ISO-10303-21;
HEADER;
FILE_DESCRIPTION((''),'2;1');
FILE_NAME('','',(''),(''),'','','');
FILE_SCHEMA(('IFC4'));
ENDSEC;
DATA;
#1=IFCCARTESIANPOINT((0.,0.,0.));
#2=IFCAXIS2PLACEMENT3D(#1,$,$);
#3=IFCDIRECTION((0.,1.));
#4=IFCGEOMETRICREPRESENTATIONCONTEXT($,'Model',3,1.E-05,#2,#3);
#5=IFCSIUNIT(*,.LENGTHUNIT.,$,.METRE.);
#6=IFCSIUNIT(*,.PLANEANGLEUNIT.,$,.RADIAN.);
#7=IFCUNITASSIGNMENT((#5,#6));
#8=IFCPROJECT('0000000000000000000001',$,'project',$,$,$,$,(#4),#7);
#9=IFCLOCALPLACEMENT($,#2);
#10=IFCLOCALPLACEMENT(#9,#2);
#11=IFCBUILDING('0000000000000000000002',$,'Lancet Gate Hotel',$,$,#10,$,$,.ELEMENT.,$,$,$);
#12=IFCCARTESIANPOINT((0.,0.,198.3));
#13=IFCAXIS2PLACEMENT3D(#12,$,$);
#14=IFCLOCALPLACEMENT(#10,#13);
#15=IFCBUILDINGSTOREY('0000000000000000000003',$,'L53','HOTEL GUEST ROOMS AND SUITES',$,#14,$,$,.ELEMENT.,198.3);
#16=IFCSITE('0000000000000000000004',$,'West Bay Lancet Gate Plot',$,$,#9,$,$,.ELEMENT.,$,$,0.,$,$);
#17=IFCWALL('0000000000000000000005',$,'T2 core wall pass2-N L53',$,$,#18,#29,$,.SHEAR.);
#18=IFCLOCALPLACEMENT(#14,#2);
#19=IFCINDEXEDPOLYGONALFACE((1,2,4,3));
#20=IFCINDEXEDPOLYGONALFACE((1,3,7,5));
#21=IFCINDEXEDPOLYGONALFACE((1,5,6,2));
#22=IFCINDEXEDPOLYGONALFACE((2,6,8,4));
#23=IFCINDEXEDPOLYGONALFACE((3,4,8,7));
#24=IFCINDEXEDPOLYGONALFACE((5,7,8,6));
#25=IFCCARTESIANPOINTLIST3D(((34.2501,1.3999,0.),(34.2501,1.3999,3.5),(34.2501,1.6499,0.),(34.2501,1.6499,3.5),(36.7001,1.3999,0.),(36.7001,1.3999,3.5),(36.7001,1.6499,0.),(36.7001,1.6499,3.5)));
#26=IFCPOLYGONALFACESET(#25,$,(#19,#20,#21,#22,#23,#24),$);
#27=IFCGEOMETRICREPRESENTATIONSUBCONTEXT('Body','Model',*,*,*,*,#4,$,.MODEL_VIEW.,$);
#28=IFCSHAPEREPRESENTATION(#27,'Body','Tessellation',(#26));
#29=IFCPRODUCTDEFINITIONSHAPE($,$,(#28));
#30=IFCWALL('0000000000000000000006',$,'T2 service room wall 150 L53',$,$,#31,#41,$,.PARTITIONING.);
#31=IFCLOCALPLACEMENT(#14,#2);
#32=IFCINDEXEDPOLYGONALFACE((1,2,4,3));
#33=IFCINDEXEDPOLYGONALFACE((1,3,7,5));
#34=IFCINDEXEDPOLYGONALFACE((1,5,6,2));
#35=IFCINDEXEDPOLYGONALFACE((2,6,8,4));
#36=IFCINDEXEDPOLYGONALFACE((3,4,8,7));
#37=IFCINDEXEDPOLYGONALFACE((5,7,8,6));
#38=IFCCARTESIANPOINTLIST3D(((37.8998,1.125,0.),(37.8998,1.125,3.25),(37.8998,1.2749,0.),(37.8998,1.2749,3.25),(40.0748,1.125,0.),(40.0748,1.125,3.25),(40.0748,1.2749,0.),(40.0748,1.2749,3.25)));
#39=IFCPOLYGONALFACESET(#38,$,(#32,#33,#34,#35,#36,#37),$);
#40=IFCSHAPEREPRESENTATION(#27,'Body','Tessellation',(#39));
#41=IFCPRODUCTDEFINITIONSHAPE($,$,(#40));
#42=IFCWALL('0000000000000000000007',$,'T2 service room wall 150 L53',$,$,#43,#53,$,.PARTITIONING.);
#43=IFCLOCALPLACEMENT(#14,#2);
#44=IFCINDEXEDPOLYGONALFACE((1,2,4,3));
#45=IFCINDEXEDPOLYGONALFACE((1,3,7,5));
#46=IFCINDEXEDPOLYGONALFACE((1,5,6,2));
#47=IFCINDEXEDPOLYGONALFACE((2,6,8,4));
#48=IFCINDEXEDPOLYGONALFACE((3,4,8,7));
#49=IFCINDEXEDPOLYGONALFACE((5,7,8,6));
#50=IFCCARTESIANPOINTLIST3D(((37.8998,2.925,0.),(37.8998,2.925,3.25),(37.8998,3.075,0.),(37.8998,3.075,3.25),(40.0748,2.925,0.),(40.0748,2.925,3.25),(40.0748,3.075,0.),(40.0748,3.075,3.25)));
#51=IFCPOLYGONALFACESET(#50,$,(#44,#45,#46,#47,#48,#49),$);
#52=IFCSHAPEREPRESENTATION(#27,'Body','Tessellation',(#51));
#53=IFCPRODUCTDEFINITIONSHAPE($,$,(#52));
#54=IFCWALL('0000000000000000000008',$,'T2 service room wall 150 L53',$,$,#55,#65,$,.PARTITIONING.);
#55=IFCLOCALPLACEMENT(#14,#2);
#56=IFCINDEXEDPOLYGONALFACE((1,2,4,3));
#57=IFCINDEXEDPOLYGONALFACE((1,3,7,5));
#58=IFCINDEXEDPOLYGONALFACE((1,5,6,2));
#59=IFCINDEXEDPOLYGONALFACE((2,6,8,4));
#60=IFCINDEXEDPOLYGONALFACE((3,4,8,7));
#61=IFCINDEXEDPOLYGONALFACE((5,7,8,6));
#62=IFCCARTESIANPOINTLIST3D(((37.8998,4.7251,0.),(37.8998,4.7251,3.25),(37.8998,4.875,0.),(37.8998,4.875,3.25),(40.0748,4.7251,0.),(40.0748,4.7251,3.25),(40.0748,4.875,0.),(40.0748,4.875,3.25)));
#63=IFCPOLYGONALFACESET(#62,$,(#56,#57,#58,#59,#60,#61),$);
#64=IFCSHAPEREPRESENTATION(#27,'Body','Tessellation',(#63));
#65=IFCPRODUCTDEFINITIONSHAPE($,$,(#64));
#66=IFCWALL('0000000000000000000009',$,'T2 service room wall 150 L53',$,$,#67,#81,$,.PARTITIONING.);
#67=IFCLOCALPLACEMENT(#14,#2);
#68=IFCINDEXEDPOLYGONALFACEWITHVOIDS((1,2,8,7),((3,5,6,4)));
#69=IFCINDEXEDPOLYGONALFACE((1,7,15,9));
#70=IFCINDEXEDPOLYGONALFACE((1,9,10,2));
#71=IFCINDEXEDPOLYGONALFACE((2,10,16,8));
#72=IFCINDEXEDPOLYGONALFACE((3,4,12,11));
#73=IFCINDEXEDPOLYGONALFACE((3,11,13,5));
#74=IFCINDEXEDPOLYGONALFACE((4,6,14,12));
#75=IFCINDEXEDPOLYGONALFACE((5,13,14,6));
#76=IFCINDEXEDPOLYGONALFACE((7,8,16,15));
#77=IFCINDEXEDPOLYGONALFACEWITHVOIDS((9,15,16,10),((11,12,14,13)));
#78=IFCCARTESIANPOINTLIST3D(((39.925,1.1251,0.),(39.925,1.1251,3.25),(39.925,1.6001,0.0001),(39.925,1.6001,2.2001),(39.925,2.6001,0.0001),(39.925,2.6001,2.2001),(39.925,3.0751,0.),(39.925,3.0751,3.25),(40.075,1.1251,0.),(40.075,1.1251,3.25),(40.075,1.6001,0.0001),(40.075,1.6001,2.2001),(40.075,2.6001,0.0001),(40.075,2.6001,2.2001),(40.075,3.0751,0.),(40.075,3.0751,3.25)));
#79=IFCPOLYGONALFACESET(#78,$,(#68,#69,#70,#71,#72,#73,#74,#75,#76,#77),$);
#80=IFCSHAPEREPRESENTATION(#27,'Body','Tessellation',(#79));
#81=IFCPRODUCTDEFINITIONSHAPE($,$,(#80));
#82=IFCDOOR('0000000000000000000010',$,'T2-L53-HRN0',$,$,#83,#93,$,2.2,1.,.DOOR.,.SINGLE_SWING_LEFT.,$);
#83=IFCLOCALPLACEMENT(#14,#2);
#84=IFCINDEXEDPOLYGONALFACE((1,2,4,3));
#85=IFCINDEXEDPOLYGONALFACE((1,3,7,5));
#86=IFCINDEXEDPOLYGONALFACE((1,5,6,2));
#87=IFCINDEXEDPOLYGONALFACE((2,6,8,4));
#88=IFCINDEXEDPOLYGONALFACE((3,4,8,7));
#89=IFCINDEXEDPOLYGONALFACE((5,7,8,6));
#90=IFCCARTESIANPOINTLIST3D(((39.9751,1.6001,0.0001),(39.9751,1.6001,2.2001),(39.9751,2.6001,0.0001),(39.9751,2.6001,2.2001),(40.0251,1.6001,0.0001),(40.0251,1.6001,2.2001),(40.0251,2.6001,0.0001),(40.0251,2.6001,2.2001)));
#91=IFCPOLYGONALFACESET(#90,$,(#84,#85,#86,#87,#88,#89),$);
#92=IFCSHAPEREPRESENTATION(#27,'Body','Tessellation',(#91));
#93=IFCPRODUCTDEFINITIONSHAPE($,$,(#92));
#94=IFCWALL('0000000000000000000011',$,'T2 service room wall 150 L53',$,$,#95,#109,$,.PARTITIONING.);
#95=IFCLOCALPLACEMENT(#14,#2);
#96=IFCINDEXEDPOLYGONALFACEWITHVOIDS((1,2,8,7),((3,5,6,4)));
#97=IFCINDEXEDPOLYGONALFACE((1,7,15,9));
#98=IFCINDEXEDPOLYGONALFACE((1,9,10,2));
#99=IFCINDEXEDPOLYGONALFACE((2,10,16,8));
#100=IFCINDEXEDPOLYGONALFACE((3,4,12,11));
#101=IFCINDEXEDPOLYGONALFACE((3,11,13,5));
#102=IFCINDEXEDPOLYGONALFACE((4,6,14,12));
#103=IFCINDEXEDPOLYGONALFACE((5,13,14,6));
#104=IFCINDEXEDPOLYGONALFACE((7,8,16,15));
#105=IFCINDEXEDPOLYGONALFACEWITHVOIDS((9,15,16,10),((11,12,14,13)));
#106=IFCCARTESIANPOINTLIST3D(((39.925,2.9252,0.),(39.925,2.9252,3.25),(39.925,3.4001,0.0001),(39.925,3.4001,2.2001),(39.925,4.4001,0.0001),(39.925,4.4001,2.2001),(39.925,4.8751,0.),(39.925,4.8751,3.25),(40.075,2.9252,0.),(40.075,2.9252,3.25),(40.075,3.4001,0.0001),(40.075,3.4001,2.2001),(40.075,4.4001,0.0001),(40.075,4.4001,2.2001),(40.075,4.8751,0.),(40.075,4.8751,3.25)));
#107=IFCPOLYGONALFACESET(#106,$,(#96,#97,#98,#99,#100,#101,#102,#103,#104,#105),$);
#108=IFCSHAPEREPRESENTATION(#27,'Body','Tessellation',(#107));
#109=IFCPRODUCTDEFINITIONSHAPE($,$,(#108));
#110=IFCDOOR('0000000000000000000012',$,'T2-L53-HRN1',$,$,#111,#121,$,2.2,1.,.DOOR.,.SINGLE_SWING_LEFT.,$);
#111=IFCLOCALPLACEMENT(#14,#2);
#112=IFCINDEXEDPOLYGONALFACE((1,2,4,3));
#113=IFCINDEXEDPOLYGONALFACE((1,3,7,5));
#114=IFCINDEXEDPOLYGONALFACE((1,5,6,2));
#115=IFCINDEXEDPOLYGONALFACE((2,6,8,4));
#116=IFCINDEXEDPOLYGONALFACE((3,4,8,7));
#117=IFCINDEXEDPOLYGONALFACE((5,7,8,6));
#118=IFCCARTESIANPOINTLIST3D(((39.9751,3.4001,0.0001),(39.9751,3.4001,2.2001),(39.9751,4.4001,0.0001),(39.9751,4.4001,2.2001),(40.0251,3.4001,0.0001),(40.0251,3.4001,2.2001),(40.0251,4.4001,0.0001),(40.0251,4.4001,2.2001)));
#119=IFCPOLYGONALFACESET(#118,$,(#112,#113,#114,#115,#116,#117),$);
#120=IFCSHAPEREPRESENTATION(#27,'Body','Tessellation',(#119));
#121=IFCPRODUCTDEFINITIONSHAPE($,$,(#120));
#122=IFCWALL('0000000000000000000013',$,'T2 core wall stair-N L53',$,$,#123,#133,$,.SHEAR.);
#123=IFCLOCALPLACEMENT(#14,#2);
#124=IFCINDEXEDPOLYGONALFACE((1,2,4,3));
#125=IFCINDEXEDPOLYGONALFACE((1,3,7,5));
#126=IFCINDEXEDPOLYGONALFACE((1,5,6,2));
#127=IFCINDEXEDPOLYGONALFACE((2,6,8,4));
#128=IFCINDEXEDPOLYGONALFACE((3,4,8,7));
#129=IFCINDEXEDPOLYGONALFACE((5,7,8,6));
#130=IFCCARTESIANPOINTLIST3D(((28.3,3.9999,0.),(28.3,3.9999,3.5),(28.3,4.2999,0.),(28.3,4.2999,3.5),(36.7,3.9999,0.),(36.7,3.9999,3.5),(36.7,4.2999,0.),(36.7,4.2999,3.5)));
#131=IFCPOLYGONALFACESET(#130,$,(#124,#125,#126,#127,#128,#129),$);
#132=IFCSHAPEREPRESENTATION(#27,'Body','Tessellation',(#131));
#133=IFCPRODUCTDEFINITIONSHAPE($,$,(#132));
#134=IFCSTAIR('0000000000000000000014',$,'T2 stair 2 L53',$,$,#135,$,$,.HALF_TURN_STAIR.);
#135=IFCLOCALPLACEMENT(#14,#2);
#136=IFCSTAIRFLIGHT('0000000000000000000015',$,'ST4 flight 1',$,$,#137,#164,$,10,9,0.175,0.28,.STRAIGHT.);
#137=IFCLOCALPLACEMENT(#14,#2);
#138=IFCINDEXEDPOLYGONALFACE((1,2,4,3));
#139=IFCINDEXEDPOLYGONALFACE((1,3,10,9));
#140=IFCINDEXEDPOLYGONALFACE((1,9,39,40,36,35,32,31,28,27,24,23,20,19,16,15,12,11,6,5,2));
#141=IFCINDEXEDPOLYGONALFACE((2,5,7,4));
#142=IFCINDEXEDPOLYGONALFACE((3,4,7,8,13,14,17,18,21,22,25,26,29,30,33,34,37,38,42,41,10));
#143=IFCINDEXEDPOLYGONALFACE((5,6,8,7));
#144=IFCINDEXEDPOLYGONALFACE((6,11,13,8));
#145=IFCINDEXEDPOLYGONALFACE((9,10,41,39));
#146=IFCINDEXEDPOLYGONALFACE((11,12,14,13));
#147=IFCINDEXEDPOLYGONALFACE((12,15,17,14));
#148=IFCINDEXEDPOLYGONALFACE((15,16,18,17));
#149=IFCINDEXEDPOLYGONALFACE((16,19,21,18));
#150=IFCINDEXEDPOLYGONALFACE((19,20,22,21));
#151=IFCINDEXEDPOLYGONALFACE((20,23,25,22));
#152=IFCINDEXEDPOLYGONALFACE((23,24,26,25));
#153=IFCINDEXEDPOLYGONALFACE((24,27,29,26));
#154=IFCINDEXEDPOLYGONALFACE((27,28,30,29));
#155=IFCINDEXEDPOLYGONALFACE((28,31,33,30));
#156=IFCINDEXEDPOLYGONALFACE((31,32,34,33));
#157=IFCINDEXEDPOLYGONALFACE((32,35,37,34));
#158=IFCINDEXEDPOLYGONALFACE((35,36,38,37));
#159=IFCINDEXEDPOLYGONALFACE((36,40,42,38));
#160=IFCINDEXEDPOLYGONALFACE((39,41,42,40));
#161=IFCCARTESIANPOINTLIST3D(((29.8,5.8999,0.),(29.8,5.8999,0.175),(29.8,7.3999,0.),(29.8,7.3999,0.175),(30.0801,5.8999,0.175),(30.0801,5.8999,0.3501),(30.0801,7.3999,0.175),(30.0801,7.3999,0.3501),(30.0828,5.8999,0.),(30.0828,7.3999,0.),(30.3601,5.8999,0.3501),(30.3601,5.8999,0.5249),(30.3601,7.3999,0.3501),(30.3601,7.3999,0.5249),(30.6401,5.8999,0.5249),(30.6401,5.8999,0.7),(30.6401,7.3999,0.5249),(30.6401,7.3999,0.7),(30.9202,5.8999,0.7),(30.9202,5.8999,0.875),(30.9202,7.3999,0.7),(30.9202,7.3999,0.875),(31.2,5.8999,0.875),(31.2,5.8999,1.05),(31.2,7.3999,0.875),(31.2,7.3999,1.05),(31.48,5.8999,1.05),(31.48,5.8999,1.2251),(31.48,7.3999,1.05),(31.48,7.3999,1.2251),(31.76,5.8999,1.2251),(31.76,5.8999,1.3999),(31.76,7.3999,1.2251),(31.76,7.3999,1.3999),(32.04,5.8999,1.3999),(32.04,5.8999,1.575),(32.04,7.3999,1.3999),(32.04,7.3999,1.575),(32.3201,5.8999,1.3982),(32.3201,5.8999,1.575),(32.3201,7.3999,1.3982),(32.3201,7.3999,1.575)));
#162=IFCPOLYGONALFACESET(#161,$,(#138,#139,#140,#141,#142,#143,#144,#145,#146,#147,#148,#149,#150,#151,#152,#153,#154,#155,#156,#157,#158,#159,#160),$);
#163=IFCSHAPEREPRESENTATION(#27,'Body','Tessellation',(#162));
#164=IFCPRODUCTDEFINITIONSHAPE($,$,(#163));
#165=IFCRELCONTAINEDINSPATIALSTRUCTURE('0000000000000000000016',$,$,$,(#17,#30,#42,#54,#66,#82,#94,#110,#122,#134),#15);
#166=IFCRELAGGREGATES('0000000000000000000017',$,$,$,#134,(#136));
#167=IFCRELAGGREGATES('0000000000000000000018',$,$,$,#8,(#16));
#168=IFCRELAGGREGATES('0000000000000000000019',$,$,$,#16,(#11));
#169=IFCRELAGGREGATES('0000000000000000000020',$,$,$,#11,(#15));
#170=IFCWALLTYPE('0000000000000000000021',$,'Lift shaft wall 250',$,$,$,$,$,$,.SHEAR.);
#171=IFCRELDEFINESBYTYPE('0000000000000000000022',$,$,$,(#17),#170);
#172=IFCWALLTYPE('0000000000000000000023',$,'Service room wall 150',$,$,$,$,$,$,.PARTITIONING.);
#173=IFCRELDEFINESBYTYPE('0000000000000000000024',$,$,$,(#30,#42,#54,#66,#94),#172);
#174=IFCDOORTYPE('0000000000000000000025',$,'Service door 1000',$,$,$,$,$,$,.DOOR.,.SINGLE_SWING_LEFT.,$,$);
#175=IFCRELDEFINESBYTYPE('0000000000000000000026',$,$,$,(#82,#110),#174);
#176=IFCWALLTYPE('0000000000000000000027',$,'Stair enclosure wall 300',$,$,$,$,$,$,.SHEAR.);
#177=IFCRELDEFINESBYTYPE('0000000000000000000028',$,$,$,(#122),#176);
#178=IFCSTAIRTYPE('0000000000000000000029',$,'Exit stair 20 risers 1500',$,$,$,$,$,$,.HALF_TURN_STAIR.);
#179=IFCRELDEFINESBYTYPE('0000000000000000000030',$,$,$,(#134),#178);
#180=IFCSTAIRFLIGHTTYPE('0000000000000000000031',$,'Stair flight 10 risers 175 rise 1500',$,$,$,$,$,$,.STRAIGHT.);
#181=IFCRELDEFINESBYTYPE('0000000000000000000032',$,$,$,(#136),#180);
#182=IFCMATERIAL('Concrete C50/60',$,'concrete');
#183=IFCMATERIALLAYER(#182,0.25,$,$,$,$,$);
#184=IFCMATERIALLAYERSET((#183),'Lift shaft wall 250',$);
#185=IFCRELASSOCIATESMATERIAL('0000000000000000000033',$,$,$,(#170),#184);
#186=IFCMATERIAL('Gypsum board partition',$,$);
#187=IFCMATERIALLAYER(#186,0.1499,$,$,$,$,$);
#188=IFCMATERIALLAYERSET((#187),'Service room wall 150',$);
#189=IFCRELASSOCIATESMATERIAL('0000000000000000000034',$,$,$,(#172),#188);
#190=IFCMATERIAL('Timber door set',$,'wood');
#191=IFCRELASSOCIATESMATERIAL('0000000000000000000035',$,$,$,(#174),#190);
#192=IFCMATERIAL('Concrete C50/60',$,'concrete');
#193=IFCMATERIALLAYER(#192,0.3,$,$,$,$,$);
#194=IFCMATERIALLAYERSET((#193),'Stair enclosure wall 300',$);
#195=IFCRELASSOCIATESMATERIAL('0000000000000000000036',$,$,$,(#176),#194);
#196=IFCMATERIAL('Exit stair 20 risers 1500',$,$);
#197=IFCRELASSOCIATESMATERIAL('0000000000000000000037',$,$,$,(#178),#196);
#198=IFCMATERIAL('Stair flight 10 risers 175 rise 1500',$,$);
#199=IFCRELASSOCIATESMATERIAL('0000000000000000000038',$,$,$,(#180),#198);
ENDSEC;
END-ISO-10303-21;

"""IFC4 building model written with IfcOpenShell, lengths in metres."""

from ifc_helpers import new_model, si_unit, direction, frame, frame_2d, origin, place, context, subcontext, project, spatial, polyline, rectangle, outline, extrude, material, layer, layer_set, type_object, element, fill, aggregate, save


model = new_model("IFC4")

# Units and contexts
model_context = context("Model", 3, precision=1e-05, world=origin(), true_north=direction((0.0, 1.0)))
body_context = subcontext(model_context, "Body", "Model", "MODEL_VIEW")
ifc_project = project(units=[si_unit("LENGTHUNIT", "METRE"), si_unit("PLANEANGLEUNIT", "RADIAN")], contexts=[model_context])

# Site, building, storey
site_placement = place(None, origin())
site = spatial("IfcSite", under=ifc_project, at=site_placement, Name="West Bay Lancet Gate Plot", CompositionType="ELEMENT", RefElevation=0.0)
building_placement = place(site_placement, origin())
building = spatial("IfcBuilding", under=site, at=building_placement, Name="Lancet Gate Hotel", CompositionType="ELEMENT")
storey_placement = place(building_placement, frame((0.0, 0.0, 198.3)))
storey = spatial("IfcBuildingStorey", under=building, at=storey_placement, Name="L53", Description="HOTEL GUEST ROOMS AND SUITES", CompositionType="ELEMENT", Elevation=198.3)

# Shared definitions
ifc_material_1 = material(Name="Concrete C50/60", Category="concrete")
ifc_layer_1 = layer(ifc_material_1, 0.25)
ifc_layer_set_1 = layer_set([ifc_layer_1], Name="Lift shaft wall 250")
wall_type_1 = type_object("IfcWallType", Name="Lift shaft wall 250", PredefinedType="SHEAR", material=ifc_layer_set_1)

# Walls
wall_1_placement = place(storey_placement, frame((34.25, 1.5249, 0.0), z_axis=(0.0, 0.0, 1.0), x_axis=(1.0, 0.0, 0.0)))
element("IfcWall", 1, at=wall_1_placement, inside=storey, type_object=wall_type_1, Name="T2 core wall pass2-N L53", PredefinedType="SHEAR", context=body_context, shape_type="SweptSolid", body=[
    extrude(rectangle(XDim=2.45, YDim=0.25, at=frame_2d((1.2251, 0.0))), origin(), (0.0, 0.0, 1.0), 3.5),
])
ifc_material_2 = material(Name="Gypsum board partition")
ifc_layer_2 = layer(ifc_material_2, 0.1499)
ifc_layer_set_2 = layer_set([ifc_layer_2], Name="Service room wall 150")
wall_type_2 = type_object("IfcWallType", Name="Service room wall 150", PredefinedType="PARTITIONING", material=ifc_layer_set_2)
for number, where, z_axis, x_axis, name in (
    (2, (37.8999, 1.2, 0.0), (0.0, 0.0, 1.0), (1.0, 0.0, 0.0), "T2 service room wall 150 L53"),
    (3, (37.8999, 3.0, 0.0), (0.0, 0.0, 1.0), (1.0, 0.0, 0.0), "T2 service room wall 150 L53"),
    (4, (37.8999, 4.8, 0.0), (0.0, 0.0, 1.0), (1.0, 0.0, 0.0), "T2 service room wall 150 L53"),
):
    element("IfcWall", number, at=place(storey_placement, frame(where, z_axis=z_axis, x_axis=x_axis)), inside=storey, type_object=wall_type_2, Name=name, PredefinedType="PARTITIONING", context=body_context, shape_type="SweptSolid", body=[
        extrude(rectangle(XDim=2.175, YDim=0.1499, at=frame_2d((1.0874, 0.0))), origin(), (0.0, 0.0, 1.0), 3.25),
    ])

# Walls, openings, doors
wall_2_placement = place(storey_placement, frame((40.0, 1.125, 0.0), z_axis=(0.0, 0.0, 1.0), x_axis=(0.0, 1.0, 0.0)))
wall_2 = element("IfcWall", 5, at=wall_2_placement, inside=storey, type_object=wall_type_2, Name="T2 service room wall 150 L53", PredefinedType="PARTITIONING", context=body_context, shape_type="SweptSolid", body=[
    extrude(rectangle(XDim=1.95, YDim=0.1499, at=frame_2d((0.9751, 0.0))), origin(), (0.0, 0.0, 1.0), 3.25),
])
opening_1_placement = place(wall_2_placement, frame((0.4751, 0.0, 0.0)))
opening_1 = element("IfcOpeningElement", 6, at=opening_1_placement, cuts=wall_2, PredefinedType="OPENING", context=body_context, shape_type="SweptSolid", body=[
    extrude(rectangle(XDim=1.0, YDim=2.2, at=frame_2d((0.5, 1.1001))), frame((0.0, 0.085, 0.0), z_axis=(0.0, -1.0, 0.0), x_axis=(1.0, 0.0, 0.0)), (0.0, 0.0, 1.0), 0.1699),
])
ifc_material_3 = material(Name="Timber door set", Category="wood")
door_type_1 = type_object("IfcDoorType", Name="Service door 1000", OperationType="SINGLE_SWING_LEFT", PredefinedType="DOOR", material=ifc_material_3)
door_1_placement = place(opening_1_placement, origin())
door_1 = element("IfcDoor", 7, at=door_1_placement, inside=storey, type_object=door_type_1, Name="T2-L53-HRN0", OperationType="SINGLE_SWING_LEFT", OverallHeight=2.2, OverallWidth=1.0, PredefinedType="DOOR", context=body_context, shape_type="SweptSolid", body=[
    extrude(rectangle(XDim=1.0, YDim=2.2, at=frame_2d((0.5, 1.1001))), frame((0.0, 0.0249, 0.0), z_axis=(0.0, -1.0, 0.0), x_axis=(1.0, 0.0, 0.0)), (0.0, 0.0, 1.0), 0.05),
])
fill(opening_1, door_1)
wall_3_placement = place(storey_placement, frame((40.0, 2.925, 0.0), z_axis=(0.0, 0.0, 1.0), x_axis=(0.0, 1.0, 0.0)))
wall_3 = element("IfcWall", 8, at=wall_3_placement, inside=storey, type_object=wall_type_2, Name="T2 service room wall 150 L53", PredefinedType="PARTITIONING", context=body_context, shape_type="SweptSolid", body=[
    extrude(rectangle(XDim=1.95, YDim=0.1499, at=frame_2d((0.9751, 0.0))), origin(), (0.0, 0.0, 1.0), 3.25),
])
opening_2_placement = place(wall_3_placement, frame((0.4751, 0.0, 0.0)))
opening_2 = element("IfcOpeningElement", 9, at=opening_2_placement, cuts=wall_3, PredefinedType="OPENING", context=body_context, shape_type="SweptSolid", body=[
    extrude(rectangle(XDim=1.0, YDim=2.2, at=frame_2d((0.5, 1.1001))), frame((0.0, 0.085, 0.0), z_axis=(0.0, -1.0, 0.0), x_axis=(1.0, 0.0, 0.0)), (0.0, 0.0, 1.0), 0.1699),
])
door_2_placement = place(opening_2_placement, origin())
door_2 = element("IfcDoor", 10, at=door_2_placement, inside=storey, type_object=door_type_1, Name="T2-L53-HRN1", OperationType="SINGLE_SWING_LEFT", OverallHeight=2.2, OverallWidth=1.0, PredefinedType="DOOR", context=body_context, shape_type="SweptSolid", body=[
    extrude(rectangle(XDim=1.0, YDim=2.2, at=frame_2d((0.5, 1.1001))), frame((0.0, 0.0249, 0.0), z_axis=(0.0, -1.0, 0.0), x_axis=(1.0, 0.0, 0.0)), (0.0, 0.0, 1.0), 0.05),
])
fill(opening_2, door_2)

# Wall
ifc_material_4 = material(Name="Concrete C50/60", Category="concrete")
ifc_layer_3 = layer(ifc_material_4, 0.3)
ifc_layer_set_3 = layer_set([ifc_layer_3], Name="Stair enclosure wall 300")
wall_type_3 = type_object("IfcWallType", Name="Stair enclosure wall 300", PredefinedType="SHEAR", material=ifc_layer_set_3)
wall_4_placement = place(storey_placement, frame((28.3, 4.1499, 0.0), z_axis=(0.0, 0.0, 1.0), x_axis=(1.0, 0.0, 0.0)))
element("IfcWall", 11, at=wall_4_placement, inside=storey, type_object=wall_type_3, Name="T2 core wall stair-N L53", PredefinedType="SHEAR", context=body_context, shape_type="SweptSolid", body=[
    extrude(rectangle(XDim=8.3999, YDim=0.3, at=frame_2d((4.2, 0.0))), origin(), (0.0, 0.0, 1.0), 3.5),
])

# Stair, stair flight
ifc_material_5 = material(Name="Exit stair 20 risers 1500")
stair_type = type_object("IfcStairType", Name="Exit stair 20 risers 1500", PredefinedType="HALF_TURN_STAIR", material=ifc_material_5)
stair_placement = place(storey_placement, origin())
stair = element("IfcStair", 12, at=stair_placement, inside=storey, type_object=stair_type, Name="T2 stair 2 L53", PredefinedType="HALF_TURN_STAIR")
ifc_material_6 = material(Name="Stair flight 10 risers 175 rise 1500")
stair_flight_type = type_object("IfcStairFlightType", Name="Stair flight 10 risers 175 rise 1500", PredefinedType="STRAIGHT", material=ifc_material_6)
stair_flight_1_placement = place(storey_placement, frame((29.8, 6.6499, 0.0), z_axis=(0.0, 0.0, 1.0), x_axis=(1.0, 0.0, 0.0)))
stair_flight_1 = element("IfcStairFlight", 13, at=stair_flight_1_placement, type_object=stair_flight_type, Name="ST4 flight 1", NumberOfRisers=10, NumberOfTreads=9, PredefinedType="STRAIGHT", RiserHeight=0.175, TreadLength=0.28, context=body_context, shape_type="SweptSolid", body=[
    extrude(outline(polyline([(0.0, 0.0), (0.0, 0.175), (0.28, 0.175), (0.28, 0.3501), (0.5601, 0.3501), (0.5601, 0.5249), (0.8401, 0.5249), (0.8401, 0.7), (1.1201, 0.7), (1.1201, 0.875), (1.3999, 0.875), (1.3999, 1.05), (1.6799, 1.05), (1.6799, 1.2251), (1.96, 1.2251), (1.96, 1.3999), (2.24, 1.3999), (2.24, 1.575), (2.52, 1.575), (2.52, 1.75), (2.52, 1.3982), (0.2827, 0.0), (0.0, 0.0)])), frame((0.0, 0.75, 0.0), z_axis=(0.0, -1.0, 0.0), x_axis=(1.0, 0.0, 0.0)), (0.0, 0.0, 1.0), 1.5),
])
aggregate(stair, [stair_flight_1])

save(model, "model.ifc")
